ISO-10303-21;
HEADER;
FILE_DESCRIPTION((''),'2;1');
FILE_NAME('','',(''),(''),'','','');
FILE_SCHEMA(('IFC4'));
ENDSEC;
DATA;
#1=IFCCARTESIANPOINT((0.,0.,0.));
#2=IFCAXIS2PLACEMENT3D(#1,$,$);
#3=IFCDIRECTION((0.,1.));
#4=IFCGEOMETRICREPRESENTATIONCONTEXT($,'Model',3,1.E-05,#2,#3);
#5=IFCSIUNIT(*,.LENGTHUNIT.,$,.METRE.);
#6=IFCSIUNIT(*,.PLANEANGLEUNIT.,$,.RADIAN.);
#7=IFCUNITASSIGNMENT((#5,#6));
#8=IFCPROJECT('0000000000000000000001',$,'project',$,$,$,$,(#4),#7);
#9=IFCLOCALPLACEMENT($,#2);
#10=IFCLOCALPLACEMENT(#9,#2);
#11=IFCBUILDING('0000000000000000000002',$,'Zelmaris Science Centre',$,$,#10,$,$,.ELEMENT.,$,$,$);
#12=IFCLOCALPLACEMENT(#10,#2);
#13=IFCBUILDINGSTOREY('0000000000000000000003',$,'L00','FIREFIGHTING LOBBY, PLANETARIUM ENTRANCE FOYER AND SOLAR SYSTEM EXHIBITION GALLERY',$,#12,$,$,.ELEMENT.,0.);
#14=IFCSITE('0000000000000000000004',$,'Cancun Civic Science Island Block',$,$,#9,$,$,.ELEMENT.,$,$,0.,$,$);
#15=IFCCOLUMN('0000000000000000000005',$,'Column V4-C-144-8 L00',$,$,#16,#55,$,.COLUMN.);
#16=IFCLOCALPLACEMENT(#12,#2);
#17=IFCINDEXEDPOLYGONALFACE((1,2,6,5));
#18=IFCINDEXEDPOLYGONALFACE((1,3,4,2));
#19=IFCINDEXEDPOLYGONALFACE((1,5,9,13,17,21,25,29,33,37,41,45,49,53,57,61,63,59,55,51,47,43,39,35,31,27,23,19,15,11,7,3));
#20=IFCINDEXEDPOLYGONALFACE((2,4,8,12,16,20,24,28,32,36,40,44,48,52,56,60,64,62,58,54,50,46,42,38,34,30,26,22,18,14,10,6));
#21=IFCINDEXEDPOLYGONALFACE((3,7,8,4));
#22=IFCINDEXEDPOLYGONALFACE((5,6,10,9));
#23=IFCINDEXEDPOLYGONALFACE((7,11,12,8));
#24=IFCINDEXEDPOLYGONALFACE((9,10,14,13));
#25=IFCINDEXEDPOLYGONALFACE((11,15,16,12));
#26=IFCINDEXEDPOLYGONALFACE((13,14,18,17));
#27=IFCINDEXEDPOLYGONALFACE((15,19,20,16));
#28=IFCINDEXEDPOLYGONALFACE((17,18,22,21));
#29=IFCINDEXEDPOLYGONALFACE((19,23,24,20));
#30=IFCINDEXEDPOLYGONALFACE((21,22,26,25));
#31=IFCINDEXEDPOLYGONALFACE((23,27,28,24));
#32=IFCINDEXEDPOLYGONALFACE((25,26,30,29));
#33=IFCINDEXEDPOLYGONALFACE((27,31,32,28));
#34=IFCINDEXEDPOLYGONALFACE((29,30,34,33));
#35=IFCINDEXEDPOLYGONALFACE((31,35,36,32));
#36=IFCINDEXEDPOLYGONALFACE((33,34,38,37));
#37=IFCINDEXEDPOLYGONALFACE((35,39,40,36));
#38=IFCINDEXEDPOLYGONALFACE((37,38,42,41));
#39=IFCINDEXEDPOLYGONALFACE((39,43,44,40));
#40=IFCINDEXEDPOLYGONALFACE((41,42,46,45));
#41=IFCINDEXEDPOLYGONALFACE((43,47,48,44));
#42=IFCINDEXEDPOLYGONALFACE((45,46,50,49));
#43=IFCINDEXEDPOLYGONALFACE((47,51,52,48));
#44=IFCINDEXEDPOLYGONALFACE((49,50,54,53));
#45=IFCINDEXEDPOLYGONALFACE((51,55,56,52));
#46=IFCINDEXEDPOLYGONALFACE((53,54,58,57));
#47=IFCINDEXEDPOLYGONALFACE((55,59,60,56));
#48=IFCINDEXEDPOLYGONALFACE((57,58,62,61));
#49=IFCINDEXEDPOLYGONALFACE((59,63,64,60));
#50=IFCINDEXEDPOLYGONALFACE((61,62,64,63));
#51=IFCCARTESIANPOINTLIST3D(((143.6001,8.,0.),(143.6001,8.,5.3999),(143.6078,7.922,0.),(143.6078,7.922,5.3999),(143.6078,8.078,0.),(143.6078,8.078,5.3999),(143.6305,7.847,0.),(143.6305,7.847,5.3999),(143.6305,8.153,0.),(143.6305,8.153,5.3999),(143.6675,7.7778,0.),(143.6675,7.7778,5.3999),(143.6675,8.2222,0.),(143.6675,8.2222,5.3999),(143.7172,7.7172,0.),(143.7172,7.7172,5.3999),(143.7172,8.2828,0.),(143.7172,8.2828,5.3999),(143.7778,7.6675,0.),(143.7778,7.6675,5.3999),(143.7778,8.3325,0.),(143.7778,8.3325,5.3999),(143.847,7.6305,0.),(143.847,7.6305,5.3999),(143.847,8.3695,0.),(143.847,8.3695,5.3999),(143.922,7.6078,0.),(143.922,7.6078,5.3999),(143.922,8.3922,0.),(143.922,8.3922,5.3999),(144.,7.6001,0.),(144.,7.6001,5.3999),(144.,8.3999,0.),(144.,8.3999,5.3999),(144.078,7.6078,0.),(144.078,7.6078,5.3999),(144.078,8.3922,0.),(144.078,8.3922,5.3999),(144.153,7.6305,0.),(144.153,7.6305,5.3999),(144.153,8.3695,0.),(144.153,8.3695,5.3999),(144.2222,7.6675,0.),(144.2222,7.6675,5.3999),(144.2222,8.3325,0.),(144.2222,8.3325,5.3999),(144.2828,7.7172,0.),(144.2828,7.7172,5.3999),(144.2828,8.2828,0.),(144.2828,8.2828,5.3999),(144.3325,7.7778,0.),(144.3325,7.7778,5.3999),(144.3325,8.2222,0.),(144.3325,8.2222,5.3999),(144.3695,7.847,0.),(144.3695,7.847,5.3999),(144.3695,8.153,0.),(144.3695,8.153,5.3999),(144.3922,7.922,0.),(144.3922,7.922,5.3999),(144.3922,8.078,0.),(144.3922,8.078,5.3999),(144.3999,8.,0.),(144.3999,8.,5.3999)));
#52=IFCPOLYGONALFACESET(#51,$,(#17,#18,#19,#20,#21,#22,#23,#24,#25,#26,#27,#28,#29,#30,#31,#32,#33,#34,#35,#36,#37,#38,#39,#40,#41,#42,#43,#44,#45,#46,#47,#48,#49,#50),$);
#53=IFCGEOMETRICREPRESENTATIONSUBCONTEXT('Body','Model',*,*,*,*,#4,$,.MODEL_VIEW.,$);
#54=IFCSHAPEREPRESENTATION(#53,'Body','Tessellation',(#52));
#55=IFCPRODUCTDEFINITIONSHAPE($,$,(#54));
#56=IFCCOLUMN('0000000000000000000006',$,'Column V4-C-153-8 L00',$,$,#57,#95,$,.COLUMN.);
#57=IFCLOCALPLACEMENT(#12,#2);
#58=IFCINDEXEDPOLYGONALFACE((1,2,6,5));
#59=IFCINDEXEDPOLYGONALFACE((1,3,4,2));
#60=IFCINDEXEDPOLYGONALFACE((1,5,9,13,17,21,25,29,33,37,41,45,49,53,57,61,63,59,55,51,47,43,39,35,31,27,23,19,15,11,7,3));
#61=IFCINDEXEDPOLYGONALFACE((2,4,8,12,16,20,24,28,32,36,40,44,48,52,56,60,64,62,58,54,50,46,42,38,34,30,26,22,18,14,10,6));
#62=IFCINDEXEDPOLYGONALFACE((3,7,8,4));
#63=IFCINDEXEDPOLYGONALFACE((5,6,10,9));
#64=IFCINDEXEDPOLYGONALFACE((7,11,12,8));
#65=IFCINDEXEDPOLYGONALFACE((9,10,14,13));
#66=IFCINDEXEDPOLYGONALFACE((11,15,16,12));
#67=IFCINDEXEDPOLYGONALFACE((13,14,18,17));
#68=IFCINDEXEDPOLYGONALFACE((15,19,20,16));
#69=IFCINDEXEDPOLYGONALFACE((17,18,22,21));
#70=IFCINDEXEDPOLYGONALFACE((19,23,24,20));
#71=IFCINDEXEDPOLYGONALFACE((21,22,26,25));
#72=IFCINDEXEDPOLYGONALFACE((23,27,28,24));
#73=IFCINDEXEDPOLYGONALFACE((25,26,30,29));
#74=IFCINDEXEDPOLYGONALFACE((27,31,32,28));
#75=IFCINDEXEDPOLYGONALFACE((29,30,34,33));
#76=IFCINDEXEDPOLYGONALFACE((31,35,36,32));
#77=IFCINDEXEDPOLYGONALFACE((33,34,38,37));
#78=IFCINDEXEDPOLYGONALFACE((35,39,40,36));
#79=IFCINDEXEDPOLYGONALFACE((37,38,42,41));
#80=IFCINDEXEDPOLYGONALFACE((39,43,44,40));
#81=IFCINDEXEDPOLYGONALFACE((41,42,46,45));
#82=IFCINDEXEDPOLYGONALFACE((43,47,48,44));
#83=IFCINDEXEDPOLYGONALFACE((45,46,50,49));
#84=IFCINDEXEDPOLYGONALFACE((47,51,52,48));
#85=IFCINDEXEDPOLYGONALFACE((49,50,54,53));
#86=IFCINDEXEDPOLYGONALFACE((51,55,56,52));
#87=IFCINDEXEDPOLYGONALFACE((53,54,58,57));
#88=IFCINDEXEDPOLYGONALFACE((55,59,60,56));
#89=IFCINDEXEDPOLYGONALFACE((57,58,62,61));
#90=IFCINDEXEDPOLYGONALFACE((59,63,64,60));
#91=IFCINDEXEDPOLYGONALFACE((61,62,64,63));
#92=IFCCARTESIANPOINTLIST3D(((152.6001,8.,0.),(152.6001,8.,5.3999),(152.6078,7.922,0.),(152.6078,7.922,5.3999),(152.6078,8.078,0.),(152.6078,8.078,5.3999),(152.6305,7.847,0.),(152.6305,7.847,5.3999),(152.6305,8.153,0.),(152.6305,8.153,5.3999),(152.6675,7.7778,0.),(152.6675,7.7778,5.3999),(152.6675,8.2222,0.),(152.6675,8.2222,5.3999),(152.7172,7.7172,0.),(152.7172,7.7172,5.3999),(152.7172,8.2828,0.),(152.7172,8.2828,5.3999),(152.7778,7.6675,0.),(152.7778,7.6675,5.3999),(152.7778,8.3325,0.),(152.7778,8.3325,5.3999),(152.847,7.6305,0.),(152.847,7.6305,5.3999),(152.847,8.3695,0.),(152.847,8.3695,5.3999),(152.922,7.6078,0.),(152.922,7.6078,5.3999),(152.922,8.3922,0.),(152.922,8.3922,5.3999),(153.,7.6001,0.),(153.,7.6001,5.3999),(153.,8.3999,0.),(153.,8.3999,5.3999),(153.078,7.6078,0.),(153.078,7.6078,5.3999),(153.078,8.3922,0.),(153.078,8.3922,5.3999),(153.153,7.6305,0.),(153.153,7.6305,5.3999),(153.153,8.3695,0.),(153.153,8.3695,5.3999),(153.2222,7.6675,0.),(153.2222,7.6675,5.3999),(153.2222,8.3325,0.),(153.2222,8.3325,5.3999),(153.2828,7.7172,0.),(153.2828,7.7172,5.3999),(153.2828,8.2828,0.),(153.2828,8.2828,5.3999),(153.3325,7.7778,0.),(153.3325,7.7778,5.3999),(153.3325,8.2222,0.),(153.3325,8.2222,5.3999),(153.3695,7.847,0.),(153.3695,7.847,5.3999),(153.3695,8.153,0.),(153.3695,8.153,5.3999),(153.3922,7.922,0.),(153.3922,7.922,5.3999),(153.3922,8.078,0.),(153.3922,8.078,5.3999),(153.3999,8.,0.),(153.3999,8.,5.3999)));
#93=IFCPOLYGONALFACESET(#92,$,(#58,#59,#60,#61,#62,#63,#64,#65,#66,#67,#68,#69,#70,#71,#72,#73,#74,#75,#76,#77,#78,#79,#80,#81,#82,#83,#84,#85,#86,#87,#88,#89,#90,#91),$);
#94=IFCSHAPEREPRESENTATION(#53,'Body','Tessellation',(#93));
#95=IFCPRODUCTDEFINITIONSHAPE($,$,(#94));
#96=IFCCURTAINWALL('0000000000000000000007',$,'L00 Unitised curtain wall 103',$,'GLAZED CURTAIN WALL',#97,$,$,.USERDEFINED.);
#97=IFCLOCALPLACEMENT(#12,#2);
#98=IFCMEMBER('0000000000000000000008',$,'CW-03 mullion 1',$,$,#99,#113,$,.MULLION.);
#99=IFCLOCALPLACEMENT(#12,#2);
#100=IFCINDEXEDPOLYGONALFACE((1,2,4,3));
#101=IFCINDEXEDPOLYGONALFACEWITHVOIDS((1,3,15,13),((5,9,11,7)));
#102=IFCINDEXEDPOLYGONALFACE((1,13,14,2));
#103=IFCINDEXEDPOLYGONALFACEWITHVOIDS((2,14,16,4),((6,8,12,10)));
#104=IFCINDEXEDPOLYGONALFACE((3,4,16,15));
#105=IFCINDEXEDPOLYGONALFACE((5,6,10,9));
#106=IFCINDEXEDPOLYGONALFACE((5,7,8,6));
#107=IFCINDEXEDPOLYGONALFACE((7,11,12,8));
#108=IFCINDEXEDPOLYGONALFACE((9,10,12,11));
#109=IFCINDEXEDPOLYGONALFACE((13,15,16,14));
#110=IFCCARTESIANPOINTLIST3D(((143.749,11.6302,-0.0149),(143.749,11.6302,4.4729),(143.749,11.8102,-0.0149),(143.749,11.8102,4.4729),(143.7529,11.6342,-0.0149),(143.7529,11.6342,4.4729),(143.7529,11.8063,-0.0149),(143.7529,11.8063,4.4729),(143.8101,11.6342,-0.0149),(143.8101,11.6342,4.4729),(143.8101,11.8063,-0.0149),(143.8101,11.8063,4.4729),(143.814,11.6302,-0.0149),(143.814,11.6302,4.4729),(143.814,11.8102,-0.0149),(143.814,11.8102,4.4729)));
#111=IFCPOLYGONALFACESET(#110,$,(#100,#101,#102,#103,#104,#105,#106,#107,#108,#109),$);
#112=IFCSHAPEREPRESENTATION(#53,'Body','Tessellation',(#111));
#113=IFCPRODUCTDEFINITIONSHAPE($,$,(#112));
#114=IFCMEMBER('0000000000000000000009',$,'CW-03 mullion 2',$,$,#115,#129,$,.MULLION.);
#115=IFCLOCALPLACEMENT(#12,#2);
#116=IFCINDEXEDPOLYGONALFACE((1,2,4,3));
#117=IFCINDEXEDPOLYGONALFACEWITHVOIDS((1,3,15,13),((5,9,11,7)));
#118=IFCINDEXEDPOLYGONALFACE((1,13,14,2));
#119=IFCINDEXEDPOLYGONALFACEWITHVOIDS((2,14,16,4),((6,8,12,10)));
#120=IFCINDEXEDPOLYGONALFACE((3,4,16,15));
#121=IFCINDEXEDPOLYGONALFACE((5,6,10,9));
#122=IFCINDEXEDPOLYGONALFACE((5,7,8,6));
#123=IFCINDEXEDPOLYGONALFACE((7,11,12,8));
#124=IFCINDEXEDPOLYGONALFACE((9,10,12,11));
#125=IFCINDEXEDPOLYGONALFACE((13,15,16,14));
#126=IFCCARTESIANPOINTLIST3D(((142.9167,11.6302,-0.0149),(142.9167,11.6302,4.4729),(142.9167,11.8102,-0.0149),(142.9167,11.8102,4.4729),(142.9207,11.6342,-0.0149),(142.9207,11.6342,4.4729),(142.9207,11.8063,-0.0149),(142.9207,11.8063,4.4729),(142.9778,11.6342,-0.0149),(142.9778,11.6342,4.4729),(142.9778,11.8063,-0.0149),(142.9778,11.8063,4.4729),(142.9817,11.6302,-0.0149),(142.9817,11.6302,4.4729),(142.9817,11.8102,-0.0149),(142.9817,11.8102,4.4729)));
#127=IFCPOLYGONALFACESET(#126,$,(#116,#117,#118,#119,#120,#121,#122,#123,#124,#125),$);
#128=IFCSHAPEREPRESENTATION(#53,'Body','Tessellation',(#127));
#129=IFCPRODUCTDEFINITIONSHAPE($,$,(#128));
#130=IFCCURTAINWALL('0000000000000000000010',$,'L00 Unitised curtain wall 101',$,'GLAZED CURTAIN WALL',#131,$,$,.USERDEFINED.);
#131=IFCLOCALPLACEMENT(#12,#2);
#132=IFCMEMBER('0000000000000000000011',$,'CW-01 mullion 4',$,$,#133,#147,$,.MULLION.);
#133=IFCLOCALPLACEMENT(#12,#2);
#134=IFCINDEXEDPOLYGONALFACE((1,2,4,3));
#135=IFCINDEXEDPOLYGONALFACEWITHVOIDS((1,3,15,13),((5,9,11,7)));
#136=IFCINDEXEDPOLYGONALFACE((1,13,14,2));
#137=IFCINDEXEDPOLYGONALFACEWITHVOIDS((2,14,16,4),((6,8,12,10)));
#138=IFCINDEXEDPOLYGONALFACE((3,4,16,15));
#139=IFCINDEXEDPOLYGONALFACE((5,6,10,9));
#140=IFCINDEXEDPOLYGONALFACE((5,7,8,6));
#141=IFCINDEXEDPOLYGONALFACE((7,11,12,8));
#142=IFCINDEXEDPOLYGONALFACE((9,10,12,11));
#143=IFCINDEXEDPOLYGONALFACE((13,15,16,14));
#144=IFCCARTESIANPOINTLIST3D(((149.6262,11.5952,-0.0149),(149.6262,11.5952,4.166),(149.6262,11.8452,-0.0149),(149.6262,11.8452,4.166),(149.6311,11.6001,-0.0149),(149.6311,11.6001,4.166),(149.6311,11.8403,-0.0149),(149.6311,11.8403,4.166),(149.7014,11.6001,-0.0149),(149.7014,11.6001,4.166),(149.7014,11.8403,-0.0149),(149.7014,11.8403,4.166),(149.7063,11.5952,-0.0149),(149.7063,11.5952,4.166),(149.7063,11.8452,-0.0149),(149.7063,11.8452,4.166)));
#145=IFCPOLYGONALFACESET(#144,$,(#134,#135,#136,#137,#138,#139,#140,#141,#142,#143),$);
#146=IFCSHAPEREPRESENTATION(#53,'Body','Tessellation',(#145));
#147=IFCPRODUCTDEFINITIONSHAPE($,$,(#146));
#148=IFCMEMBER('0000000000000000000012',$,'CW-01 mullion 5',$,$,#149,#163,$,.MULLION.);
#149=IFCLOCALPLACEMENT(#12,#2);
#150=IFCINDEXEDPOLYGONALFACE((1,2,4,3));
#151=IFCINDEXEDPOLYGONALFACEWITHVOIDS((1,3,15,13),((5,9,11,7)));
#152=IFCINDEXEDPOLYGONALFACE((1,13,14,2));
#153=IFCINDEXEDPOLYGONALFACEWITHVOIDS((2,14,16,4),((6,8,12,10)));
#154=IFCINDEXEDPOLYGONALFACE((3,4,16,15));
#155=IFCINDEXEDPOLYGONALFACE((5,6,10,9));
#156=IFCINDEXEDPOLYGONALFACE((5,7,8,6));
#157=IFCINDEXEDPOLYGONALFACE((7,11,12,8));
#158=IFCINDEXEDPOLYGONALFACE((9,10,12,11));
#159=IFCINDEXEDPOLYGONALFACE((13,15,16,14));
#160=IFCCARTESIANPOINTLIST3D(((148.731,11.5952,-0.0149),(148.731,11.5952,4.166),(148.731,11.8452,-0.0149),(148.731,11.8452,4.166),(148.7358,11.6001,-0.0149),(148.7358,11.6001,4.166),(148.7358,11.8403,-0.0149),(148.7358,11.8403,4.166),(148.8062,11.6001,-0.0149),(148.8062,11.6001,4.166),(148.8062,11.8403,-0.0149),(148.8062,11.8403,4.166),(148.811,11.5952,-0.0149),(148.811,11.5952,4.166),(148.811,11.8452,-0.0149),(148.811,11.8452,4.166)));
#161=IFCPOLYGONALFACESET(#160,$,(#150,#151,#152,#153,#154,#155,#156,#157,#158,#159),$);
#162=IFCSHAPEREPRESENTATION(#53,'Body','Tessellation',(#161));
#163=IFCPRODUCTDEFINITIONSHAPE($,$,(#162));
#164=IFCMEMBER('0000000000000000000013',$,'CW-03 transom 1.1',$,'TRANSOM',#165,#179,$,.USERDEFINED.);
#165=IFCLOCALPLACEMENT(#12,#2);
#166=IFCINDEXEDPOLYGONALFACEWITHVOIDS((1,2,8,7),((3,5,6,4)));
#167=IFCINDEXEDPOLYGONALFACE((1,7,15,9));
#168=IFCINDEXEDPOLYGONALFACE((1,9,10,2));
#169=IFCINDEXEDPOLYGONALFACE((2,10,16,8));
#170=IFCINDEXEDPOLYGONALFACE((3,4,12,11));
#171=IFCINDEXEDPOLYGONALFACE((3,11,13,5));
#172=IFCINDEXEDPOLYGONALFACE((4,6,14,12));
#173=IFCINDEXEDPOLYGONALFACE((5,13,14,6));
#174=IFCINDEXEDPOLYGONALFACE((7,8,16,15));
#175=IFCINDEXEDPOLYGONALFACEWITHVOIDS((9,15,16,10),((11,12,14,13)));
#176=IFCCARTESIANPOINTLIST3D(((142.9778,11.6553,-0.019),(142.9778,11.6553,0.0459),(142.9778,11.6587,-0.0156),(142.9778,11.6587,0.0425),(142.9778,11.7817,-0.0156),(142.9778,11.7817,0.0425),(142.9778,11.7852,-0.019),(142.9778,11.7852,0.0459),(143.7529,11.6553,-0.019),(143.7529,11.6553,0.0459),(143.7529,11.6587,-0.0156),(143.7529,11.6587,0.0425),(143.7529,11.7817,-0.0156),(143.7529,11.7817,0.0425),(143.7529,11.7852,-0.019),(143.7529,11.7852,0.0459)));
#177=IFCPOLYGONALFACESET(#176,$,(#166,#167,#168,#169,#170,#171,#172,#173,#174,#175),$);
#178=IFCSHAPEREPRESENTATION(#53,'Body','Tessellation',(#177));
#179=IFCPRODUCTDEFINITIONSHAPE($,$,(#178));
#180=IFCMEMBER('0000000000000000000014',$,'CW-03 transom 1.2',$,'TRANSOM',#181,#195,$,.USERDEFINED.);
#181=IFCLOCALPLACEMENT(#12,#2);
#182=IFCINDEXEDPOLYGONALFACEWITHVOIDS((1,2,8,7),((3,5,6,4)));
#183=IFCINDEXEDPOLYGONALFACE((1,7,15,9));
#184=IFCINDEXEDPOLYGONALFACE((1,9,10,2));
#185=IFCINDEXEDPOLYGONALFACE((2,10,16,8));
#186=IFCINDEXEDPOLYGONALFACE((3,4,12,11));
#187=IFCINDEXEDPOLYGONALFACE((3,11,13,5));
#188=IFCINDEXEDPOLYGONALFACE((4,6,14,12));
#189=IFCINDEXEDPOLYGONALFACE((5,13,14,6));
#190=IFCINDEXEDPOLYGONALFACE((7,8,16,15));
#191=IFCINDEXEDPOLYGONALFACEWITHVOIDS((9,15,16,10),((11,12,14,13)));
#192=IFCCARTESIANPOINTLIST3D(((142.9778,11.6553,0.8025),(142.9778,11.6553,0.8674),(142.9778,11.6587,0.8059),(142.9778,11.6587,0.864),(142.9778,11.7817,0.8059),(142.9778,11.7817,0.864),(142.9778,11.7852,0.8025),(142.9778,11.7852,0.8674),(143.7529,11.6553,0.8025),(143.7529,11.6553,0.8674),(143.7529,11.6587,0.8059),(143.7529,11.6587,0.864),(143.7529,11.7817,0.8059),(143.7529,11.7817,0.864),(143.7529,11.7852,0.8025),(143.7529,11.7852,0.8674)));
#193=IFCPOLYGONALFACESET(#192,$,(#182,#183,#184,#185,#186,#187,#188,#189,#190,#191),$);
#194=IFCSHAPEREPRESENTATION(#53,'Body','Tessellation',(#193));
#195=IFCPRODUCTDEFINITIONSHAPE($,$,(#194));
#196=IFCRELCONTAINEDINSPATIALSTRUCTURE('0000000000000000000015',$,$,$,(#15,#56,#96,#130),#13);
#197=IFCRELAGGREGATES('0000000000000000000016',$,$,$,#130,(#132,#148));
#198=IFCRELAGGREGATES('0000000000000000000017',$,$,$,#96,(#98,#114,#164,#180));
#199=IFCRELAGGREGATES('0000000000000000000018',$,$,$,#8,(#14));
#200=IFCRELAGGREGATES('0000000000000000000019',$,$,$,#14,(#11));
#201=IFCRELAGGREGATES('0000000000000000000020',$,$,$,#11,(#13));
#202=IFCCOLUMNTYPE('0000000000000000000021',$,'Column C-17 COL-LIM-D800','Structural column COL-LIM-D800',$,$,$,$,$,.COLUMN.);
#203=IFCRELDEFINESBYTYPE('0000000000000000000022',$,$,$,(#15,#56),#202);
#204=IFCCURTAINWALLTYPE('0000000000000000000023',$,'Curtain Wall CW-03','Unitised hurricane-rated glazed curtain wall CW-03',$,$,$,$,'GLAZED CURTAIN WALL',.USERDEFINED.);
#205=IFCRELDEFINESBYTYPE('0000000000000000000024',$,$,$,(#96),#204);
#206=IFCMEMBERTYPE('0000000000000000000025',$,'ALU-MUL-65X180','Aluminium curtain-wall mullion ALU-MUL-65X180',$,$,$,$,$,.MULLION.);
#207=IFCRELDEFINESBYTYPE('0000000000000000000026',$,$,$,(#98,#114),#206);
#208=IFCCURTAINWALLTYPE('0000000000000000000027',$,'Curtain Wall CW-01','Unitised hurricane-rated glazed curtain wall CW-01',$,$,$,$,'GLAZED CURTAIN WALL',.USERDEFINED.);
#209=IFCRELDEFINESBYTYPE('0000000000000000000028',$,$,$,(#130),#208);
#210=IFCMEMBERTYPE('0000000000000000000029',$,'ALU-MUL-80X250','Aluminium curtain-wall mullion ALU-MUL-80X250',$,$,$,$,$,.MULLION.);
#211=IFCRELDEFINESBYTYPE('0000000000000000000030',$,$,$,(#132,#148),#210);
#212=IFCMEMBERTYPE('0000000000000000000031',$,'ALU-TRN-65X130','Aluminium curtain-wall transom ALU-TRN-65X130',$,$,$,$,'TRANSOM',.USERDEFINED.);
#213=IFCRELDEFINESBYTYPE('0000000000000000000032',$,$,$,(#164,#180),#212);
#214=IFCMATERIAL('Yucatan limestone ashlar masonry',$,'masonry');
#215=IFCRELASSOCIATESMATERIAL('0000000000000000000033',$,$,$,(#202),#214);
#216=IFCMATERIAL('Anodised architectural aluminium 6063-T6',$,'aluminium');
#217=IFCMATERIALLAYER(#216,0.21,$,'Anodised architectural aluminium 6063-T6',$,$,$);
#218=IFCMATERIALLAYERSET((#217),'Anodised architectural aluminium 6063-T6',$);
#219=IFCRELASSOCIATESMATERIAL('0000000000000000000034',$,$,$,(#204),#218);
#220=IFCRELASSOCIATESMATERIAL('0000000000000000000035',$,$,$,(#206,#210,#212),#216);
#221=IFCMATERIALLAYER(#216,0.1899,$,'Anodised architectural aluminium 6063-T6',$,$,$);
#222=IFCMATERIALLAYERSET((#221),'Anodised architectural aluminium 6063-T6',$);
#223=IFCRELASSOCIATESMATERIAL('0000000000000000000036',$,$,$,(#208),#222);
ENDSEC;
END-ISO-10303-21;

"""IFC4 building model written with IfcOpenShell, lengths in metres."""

from ifc_helpers import new_model, si_unit, direction, frame, origin, origin_2d, place, context, subcontext, project, spatial, hollow_rectangle, circle, extrude, material, layer, layer_set, material_profile, profile_set, type_object, element, aggregate, save


model = new_model("IFC4")

# Units and contexts
model_context = context("Model", 3, precision=1e-05, world=origin(), true_north=direction((0.0, 1.0)))
body_context = subcontext(model_context, "Body", "Model", "MODEL_VIEW")
ifc_project = project(units=[si_unit("LENGTHUNIT", "METRE"), si_unit("PLANEANGLEUNIT", "RADIAN")], contexts=[model_context])

# Site, building, storey
site_placement = place(None, origin())
site = spatial("IfcSite", under=ifc_project, at=site_placement, Name="Cancun Civic Science Island Block", CompositionType="ELEMENT", RefElevation=0.0)
building_placement = place(site_placement, origin())
building = spatial("IfcBuilding", under=site, at=building_placement, Name="Zelmaris Science Centre", CompositionType="ELEMENT")
storey_placement = place(building_placement, origin())
storey = spatial("IfcBuildingStorey", under=building, at=storey_placement, Name="L00", Description="FIREFIGHTING LOBBY, PLANETARIUM ENTRANCE FOYER AND SOLAR SYSTEM EXHIBITION GALLERY", CompositionType="ELEMENT", Elevation=0.0)

# Columns
ifc_material_1 = material(Name="Yucatan limestone ashlar masonry", Category="masonry")
ifc_material_profile_1 = material_profile(ifc_material_1, circle(Radius=0.3999, at=origin_2d()), Name="COL-LIM-D800")
ifc_profile_set_1 = profile_set([ifc_material_profile_1], Name="Yucatan limestone ashlar masonry")
column_type = type_object("IfcColumnType", Name="Column C-17 COL-LIM-D800", Description="Structural column COL-LIM-D800", PredefinedType="COLUMN", material=ifc_profile_set_1)
for number, where, z_axis, x_axis, name in (
    (1, (144.0, 8.0, 0.0), (0.0, 0.0, 1.0), (1.0, 0.0, 0.0), "Column V4-C-144-8 L00"),
    (2, (153.0, 8.0, 0.0), (0.0, 0.0, 1.0), (1.0, 0.0, 0.0), "Column V4-C-153-8 L00"),
):
    element("IfcColumn", number, at=place(storey_placement, frame(where, z_axis=z_axis, x_axis=x_axis)), inside=storey, type_object=column_type, Name=name, PredefinedType="COLUMN", context=body_context, shape_type="SweptSolid", body=[
        extrude(circle(Radius=0.3999, at=origin_2d()), origin(), (0.0, 0.0, 1.0), 5.3999),
    ])

# Curtain walls, members
ifc_material_2 = material(Name="Anodised architectural aluminium 6063-T6", Category="aluminium")
ifc_layer_1 = layer(ifc_material_2, 0.21, Name="Anodised architectural aluminium 6063-T6")
ifc_layer_set_1 = layer_set([ifc_layer_1], Name="Anodised architectural aluminium 6063-T6")
curtain_wall_type_1 = type_object("IfcCurtainWallType", Name="Curtain Wall CW-03", Description="Unitised hurricane-rated glazed curtain wall CW-03", ElementType="GLAZED CURTAIN WALL", PredefinedType="USERDEFINED", material=ifc_layer_set_1)
curtain_wall_1_placement = place(storey_placement, origin())
curtain_wall_1 = element("IfcCurtainWall", 3, at=curtain_wall_1_placement, inside=storey, type_object=curtain_wall_type_1, Name="L00 Unitised curtain wall 103", ObjectType="GLAZED CURTAIN WALL", PredefinedType="USERDEFINED")
ifc_material_profile_2 = material_profile(ifc_material_2, hollow_rectangle(XDim=0.0649, YDim=0.1799, WallThickness=0.0039, at=origin_2d()), Name="ALU-MUL-65X180")
ifc_profile_set_2 = profile_set([ifc_material_profile_2], Name="Anodised architectural aluminium 6063-T6")
member_type_1 = type_object("IfcMemberType", Name="ALU-MUL-65X180", Description="Aluminium curtain-wall mullion ALU-MUL-65X180", PredefinedType="MULLION", material=ifc_profile_set_2)
member_1_placement = place(storey_placement, frame((143.7815, 11.7202, -0.0149), z_axis=(0.0, 0.0, 1.0), x_axis=(-1.0, 0.0, 0.0)))
member_1 = element("IfcMember", 4, at=member_1_placement, type_object=member_type_1, Name="CW-03 mullion 1", PredefinedType="MULLION", context=body_context, shape_type="SweptSolid", body=[
    extrude(hollow_rectangle(XDim=0.0649, YDim=0.1799, WallThickness=0.0039, at=origin_2d()), origin(), (0.0, 0.0, 1.0), 4.4878),
])
member_2_placement = place(storey_placement, frame((142.9492, 11.7202, -0.0149), z_axis=(0.0, 0.0, 1.0), x_axis=(-1.0, 0.0, 0.0)))
member_2 = element("IfcMember", 5, at=member_2_placement, type_object=member_type_1, Name="CW-03 mullion 2", PredefinedType="MULLION", context=body_context, shape_type="SweptSolid", body=[
    extrude(hollow_rectangle(XDim=0.0649, YDim=0.1799, WallThickness=0.0039, at=origin_2d()), origin(), (0.0, 0.0, 1.0), 4.4878),
])
ifc_layer_2 = layer(ifc_material_2, 0.1899, Name="Anodised architectural aluminium 6063-T6")
ifc_layer_set_2 = layer_set([ifc_layer_2], Name="Anodised architectural aluminium 6063-T6")
curtain_wall_type_2 = type_object("IfcCurtainWallType", Name="Curtain Wall CW-01", Description="Unitised hurricane-rated glazed curtain wall CW-01", ElementType="GLAZED CURTAIN WALL", PredefinedType="USERDEFINED", material=ifc_layer_set_2)
curtain_wall_2_placement = place(storey_placement, origin())
curtain_wall_2 = element("IfcCurtainWall", 6, at=curtain_wall_2_placement, inside=storey, type_object=curtain_wall_type_2, Name="L00 Unitised curtain wall 101", ObjectType="GLAZED CURTAIN WALL", PredefinedType="USERDEFINED")
ifc_material_profile_3 = material_profile(ifc_material_2, hollow_rectangle(XDim=0.0801, YDim=0.25, WallThickness=0.0049, at=origin_2d()), Name="ALU-MUL-80X250")
ifc_profile_set_3 = profile_set([ifc_material_profile_3], Name="Anodised architectural aluminium 6063-T6")
member_type_2 = type_object("IfcMemberType", Name="ALU-MUL-80X250", Description="Aluminium curtain-wall mullion ALU-MUL-80X250", PredefinedType="MULLION", material=ifc_profile_set_3)
member_3_placement = place(storey_placement, frame((149.6663, 11.7202, -0.0149), z_axis=(0.0, 0.0, 1.0), x_axis=(-1.0, 0.0, 0.0)))
member_3 = element("IfcMember", 7, at=member_3_placement, type_object=member_type_2, Name="CW-01 mullion 4", PredefinedType="MULLION", context=body_context, shape_type="SweptSolid", body=[
    extrude(hollow_rectangle(XDim=0.0801, YDim=0.25, WallThickness=0.0049, at=origin_2d()), origin(), (0.0, 0.0, 1.0), 4.1809),
])
member_4_placement = place(storey_placement, frame((148.771, 11.7202, -0.0149), z_axis=(0.0, 0.0, 1.0), x_axis=(-1.0, 0.0, 0.0)))
member_4 = element("IfcMember", 8, at=member_4_placement, type_object=member_type_2, Name="CW-01 mullion 5", PredefinedType="MULLION", context=body_context, shape_type="SweptSolid", body=[
    extrude(hollow_rectangle(XDim=0.0801, YDim=0.25, WallThickness=0.0049, at=origin_2d()), origin(), (0.0, 0.0, 1.0), 4.1809),
])

# Members
ifc_material_profile_4 = material_profile(ifc_material_2, hollow_rectangle(XDim=0.0649, YDim=0.1299, WallThickness=0.0034, at=origin_2d()), Name="ALU-TRN-65X130")
ifc_profile_set_4 = profile_set([ifc_material_profile_4], Name="Anodised architectural aluminium 6063-T6")
member_type_3 = type_object("IfcMemberType", Name="ALU-TRN-65X130", Description="Aluminium curtain-wall transom ALU-TRN-65X130", ElementType="TRANSOM", PredefinedType="USERDEFINED", material=ifc_profile_set_4)
member_5_placement = place(storey_placement, frame((143.7529, 11.7202, 0.0134), z_axis=(-1.0, 0.0, 0.0), x_axis=(0.0, 0.0, 1.0)))
member_5 = element("IfcMember", 9, at=member_5_placement, type_object=member_type_3, Name="CW-03 transom 1.1", ObjectType="TRANSOM", PredefinedType="USERDEFINED", context=body_context, shape_type="SweptSolid", body=[
    extrude(hollow_rectangle(XDim=0.0649, YDim=0.1299, WallThickness=0.0034, at=origin_2d()), origin(), (0.0, 0.0, 1.0), 0.7751),
])
member_6_placement = place(storey_placement, frame((143.7529, 11.7202, 0.835), z_axis=(-1.0, 0.0, 0.0), x_axis=(0.0, 0.0, 1.0)))
member_6 = element("IfcMember", 10, at=member_6_placement, type_object=member_type_3, Name="CW-03 transom 1.2", ObjectType="TRANSOM", PredefinedType="USERDEFINED", context=body_context, shape_type="SweptSolid", body=[
    extrude(hollow_rectangle(XDim=0.0649, YDim=0.1299, WallThickness=0.0034, at=origin_2d()), origin(), (0.0, 0.0, 1.0), 0.7751),
])

aggregate(curtain_wall_2, [member_3, member_4])
aggregate(curtain_wall_1, [member_1, member_2, member_5, member_6])

save(model, "model.ifc")
